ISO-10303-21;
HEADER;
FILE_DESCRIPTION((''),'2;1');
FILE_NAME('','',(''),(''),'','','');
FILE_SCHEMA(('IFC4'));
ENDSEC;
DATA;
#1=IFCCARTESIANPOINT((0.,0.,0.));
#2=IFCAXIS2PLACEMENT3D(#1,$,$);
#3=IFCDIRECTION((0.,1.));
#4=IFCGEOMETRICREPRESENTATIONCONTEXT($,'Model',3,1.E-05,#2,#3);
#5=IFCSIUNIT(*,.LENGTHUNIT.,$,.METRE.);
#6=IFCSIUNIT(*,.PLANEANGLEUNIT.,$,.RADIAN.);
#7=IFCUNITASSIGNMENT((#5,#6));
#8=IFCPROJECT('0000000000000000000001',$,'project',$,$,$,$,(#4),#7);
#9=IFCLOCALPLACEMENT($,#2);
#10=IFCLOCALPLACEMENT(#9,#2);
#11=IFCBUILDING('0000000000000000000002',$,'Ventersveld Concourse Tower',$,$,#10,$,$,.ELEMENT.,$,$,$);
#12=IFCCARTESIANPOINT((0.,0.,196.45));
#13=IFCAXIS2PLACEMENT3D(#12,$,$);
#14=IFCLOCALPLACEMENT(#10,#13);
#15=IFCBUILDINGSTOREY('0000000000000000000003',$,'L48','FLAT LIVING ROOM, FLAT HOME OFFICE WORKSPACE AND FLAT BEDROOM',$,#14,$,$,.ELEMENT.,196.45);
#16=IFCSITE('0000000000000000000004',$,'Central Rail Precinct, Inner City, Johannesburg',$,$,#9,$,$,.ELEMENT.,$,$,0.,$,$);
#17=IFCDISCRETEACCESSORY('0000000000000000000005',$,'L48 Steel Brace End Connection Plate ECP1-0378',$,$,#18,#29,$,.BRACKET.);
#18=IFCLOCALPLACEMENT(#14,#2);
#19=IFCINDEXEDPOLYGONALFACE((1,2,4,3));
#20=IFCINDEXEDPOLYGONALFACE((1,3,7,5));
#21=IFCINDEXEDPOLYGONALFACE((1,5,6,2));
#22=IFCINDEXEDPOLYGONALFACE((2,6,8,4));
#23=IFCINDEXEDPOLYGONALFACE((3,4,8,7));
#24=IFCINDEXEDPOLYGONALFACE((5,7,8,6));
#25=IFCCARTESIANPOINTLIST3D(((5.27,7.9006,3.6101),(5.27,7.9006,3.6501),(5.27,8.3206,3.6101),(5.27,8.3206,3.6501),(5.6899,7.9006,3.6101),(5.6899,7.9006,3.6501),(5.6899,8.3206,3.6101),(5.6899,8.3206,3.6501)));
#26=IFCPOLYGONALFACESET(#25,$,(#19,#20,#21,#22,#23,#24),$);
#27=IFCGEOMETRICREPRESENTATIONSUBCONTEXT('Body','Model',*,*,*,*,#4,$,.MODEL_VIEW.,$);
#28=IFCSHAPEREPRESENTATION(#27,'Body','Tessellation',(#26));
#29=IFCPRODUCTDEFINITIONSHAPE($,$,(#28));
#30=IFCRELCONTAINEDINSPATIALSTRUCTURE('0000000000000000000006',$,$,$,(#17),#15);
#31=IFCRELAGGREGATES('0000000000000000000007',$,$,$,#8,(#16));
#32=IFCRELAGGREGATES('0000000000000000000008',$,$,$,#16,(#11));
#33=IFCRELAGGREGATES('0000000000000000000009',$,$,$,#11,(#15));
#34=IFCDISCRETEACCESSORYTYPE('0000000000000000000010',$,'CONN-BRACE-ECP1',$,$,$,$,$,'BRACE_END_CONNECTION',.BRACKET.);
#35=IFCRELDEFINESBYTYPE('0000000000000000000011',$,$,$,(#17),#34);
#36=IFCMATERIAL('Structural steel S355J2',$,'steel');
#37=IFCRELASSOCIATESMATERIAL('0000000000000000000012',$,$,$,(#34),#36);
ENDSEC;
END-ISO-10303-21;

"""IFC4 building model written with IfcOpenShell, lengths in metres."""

from ifc_helpers import new_model, si_unit, direction, frame, origin, origin_2d, place, context, subcontext, project, spatial, rectangle, extrude, material, type_object, element, save


model = new_model("IFC4")

# Units and contexts
model_context = context("Model", 3, precision=1e-05, world=origin(), true_north=direction((0.0, 1.0)))
body_context = subcontext(model_context, "Body", "Model", "MODEL_VIEW")
ifc_project = project(units=[si_unit("LENGTHUNIT", "METRE"), si_unit("PLANEANGLEUNIT", "RADIAN")], contexts=[model_context])

# Site, building, storey
site_placement = place(None, origin())
site = spatial("IfcSite", under=ifc_project, at=site_placement, Name="Central Rail Precinct, Inner City, Johannesburg", CompositionType="ELEMENT", RefElevation=0.0)
building_placement = place(site_placement, origin())
building = spatial("IfcBuilding", under=site, at=building_placement, Name="Ventersveld Concourse Tower", CompositionType="ELEMENT")
storey_placement = place(building_placement, frame((0.0, 0.0, 196.45)))
storey = spatial("IfcBuildingStorey", under=building, at=storey_placement, Name="L48", Description="FLAT LIVING ROOM, FLAT HOME OFFICE WORKSPACE AND FLAT BEDROOM", CompositionType="ELEMENT", Elevation=196.45)

# Shared definitions
ifc_material_1 = material(Name="Structural steel S355J2", Category="steel")

# Discrete accessory
discrete_accessory_type = type_object("IfcDiscreteAccessoryType", Name="CONN-BRACE-ECP1", ElementType="BRACE_END_CONNECTION", PredefinedType="BRACKET", material=ifc_material_1)
discrete_accessory_placement = place(storey_placement, frame((5.48, 8.1106, 3.6101), z_axis=(0.0, 0.0, 1.0), x_axis=(1.0, 0.0, 0.0)))
element("IfcDiscreteAccessory", 1, at=discrete_accessory_placement, inside=storey, type_object=discrete_accessory_type, Name="L48 Steel Brace End Connection Plate ECP1-0378", PredefinedType="BRACKET", context=body_context, shape_type="SweptSolid", body=[
    extrude(rectangle(XDim=0.4199, YDim=0.4199, at=origin_2d()), origin(), (0.0, 0.0, 1.0), 0.04),
])

save(model, "model.ifc")
